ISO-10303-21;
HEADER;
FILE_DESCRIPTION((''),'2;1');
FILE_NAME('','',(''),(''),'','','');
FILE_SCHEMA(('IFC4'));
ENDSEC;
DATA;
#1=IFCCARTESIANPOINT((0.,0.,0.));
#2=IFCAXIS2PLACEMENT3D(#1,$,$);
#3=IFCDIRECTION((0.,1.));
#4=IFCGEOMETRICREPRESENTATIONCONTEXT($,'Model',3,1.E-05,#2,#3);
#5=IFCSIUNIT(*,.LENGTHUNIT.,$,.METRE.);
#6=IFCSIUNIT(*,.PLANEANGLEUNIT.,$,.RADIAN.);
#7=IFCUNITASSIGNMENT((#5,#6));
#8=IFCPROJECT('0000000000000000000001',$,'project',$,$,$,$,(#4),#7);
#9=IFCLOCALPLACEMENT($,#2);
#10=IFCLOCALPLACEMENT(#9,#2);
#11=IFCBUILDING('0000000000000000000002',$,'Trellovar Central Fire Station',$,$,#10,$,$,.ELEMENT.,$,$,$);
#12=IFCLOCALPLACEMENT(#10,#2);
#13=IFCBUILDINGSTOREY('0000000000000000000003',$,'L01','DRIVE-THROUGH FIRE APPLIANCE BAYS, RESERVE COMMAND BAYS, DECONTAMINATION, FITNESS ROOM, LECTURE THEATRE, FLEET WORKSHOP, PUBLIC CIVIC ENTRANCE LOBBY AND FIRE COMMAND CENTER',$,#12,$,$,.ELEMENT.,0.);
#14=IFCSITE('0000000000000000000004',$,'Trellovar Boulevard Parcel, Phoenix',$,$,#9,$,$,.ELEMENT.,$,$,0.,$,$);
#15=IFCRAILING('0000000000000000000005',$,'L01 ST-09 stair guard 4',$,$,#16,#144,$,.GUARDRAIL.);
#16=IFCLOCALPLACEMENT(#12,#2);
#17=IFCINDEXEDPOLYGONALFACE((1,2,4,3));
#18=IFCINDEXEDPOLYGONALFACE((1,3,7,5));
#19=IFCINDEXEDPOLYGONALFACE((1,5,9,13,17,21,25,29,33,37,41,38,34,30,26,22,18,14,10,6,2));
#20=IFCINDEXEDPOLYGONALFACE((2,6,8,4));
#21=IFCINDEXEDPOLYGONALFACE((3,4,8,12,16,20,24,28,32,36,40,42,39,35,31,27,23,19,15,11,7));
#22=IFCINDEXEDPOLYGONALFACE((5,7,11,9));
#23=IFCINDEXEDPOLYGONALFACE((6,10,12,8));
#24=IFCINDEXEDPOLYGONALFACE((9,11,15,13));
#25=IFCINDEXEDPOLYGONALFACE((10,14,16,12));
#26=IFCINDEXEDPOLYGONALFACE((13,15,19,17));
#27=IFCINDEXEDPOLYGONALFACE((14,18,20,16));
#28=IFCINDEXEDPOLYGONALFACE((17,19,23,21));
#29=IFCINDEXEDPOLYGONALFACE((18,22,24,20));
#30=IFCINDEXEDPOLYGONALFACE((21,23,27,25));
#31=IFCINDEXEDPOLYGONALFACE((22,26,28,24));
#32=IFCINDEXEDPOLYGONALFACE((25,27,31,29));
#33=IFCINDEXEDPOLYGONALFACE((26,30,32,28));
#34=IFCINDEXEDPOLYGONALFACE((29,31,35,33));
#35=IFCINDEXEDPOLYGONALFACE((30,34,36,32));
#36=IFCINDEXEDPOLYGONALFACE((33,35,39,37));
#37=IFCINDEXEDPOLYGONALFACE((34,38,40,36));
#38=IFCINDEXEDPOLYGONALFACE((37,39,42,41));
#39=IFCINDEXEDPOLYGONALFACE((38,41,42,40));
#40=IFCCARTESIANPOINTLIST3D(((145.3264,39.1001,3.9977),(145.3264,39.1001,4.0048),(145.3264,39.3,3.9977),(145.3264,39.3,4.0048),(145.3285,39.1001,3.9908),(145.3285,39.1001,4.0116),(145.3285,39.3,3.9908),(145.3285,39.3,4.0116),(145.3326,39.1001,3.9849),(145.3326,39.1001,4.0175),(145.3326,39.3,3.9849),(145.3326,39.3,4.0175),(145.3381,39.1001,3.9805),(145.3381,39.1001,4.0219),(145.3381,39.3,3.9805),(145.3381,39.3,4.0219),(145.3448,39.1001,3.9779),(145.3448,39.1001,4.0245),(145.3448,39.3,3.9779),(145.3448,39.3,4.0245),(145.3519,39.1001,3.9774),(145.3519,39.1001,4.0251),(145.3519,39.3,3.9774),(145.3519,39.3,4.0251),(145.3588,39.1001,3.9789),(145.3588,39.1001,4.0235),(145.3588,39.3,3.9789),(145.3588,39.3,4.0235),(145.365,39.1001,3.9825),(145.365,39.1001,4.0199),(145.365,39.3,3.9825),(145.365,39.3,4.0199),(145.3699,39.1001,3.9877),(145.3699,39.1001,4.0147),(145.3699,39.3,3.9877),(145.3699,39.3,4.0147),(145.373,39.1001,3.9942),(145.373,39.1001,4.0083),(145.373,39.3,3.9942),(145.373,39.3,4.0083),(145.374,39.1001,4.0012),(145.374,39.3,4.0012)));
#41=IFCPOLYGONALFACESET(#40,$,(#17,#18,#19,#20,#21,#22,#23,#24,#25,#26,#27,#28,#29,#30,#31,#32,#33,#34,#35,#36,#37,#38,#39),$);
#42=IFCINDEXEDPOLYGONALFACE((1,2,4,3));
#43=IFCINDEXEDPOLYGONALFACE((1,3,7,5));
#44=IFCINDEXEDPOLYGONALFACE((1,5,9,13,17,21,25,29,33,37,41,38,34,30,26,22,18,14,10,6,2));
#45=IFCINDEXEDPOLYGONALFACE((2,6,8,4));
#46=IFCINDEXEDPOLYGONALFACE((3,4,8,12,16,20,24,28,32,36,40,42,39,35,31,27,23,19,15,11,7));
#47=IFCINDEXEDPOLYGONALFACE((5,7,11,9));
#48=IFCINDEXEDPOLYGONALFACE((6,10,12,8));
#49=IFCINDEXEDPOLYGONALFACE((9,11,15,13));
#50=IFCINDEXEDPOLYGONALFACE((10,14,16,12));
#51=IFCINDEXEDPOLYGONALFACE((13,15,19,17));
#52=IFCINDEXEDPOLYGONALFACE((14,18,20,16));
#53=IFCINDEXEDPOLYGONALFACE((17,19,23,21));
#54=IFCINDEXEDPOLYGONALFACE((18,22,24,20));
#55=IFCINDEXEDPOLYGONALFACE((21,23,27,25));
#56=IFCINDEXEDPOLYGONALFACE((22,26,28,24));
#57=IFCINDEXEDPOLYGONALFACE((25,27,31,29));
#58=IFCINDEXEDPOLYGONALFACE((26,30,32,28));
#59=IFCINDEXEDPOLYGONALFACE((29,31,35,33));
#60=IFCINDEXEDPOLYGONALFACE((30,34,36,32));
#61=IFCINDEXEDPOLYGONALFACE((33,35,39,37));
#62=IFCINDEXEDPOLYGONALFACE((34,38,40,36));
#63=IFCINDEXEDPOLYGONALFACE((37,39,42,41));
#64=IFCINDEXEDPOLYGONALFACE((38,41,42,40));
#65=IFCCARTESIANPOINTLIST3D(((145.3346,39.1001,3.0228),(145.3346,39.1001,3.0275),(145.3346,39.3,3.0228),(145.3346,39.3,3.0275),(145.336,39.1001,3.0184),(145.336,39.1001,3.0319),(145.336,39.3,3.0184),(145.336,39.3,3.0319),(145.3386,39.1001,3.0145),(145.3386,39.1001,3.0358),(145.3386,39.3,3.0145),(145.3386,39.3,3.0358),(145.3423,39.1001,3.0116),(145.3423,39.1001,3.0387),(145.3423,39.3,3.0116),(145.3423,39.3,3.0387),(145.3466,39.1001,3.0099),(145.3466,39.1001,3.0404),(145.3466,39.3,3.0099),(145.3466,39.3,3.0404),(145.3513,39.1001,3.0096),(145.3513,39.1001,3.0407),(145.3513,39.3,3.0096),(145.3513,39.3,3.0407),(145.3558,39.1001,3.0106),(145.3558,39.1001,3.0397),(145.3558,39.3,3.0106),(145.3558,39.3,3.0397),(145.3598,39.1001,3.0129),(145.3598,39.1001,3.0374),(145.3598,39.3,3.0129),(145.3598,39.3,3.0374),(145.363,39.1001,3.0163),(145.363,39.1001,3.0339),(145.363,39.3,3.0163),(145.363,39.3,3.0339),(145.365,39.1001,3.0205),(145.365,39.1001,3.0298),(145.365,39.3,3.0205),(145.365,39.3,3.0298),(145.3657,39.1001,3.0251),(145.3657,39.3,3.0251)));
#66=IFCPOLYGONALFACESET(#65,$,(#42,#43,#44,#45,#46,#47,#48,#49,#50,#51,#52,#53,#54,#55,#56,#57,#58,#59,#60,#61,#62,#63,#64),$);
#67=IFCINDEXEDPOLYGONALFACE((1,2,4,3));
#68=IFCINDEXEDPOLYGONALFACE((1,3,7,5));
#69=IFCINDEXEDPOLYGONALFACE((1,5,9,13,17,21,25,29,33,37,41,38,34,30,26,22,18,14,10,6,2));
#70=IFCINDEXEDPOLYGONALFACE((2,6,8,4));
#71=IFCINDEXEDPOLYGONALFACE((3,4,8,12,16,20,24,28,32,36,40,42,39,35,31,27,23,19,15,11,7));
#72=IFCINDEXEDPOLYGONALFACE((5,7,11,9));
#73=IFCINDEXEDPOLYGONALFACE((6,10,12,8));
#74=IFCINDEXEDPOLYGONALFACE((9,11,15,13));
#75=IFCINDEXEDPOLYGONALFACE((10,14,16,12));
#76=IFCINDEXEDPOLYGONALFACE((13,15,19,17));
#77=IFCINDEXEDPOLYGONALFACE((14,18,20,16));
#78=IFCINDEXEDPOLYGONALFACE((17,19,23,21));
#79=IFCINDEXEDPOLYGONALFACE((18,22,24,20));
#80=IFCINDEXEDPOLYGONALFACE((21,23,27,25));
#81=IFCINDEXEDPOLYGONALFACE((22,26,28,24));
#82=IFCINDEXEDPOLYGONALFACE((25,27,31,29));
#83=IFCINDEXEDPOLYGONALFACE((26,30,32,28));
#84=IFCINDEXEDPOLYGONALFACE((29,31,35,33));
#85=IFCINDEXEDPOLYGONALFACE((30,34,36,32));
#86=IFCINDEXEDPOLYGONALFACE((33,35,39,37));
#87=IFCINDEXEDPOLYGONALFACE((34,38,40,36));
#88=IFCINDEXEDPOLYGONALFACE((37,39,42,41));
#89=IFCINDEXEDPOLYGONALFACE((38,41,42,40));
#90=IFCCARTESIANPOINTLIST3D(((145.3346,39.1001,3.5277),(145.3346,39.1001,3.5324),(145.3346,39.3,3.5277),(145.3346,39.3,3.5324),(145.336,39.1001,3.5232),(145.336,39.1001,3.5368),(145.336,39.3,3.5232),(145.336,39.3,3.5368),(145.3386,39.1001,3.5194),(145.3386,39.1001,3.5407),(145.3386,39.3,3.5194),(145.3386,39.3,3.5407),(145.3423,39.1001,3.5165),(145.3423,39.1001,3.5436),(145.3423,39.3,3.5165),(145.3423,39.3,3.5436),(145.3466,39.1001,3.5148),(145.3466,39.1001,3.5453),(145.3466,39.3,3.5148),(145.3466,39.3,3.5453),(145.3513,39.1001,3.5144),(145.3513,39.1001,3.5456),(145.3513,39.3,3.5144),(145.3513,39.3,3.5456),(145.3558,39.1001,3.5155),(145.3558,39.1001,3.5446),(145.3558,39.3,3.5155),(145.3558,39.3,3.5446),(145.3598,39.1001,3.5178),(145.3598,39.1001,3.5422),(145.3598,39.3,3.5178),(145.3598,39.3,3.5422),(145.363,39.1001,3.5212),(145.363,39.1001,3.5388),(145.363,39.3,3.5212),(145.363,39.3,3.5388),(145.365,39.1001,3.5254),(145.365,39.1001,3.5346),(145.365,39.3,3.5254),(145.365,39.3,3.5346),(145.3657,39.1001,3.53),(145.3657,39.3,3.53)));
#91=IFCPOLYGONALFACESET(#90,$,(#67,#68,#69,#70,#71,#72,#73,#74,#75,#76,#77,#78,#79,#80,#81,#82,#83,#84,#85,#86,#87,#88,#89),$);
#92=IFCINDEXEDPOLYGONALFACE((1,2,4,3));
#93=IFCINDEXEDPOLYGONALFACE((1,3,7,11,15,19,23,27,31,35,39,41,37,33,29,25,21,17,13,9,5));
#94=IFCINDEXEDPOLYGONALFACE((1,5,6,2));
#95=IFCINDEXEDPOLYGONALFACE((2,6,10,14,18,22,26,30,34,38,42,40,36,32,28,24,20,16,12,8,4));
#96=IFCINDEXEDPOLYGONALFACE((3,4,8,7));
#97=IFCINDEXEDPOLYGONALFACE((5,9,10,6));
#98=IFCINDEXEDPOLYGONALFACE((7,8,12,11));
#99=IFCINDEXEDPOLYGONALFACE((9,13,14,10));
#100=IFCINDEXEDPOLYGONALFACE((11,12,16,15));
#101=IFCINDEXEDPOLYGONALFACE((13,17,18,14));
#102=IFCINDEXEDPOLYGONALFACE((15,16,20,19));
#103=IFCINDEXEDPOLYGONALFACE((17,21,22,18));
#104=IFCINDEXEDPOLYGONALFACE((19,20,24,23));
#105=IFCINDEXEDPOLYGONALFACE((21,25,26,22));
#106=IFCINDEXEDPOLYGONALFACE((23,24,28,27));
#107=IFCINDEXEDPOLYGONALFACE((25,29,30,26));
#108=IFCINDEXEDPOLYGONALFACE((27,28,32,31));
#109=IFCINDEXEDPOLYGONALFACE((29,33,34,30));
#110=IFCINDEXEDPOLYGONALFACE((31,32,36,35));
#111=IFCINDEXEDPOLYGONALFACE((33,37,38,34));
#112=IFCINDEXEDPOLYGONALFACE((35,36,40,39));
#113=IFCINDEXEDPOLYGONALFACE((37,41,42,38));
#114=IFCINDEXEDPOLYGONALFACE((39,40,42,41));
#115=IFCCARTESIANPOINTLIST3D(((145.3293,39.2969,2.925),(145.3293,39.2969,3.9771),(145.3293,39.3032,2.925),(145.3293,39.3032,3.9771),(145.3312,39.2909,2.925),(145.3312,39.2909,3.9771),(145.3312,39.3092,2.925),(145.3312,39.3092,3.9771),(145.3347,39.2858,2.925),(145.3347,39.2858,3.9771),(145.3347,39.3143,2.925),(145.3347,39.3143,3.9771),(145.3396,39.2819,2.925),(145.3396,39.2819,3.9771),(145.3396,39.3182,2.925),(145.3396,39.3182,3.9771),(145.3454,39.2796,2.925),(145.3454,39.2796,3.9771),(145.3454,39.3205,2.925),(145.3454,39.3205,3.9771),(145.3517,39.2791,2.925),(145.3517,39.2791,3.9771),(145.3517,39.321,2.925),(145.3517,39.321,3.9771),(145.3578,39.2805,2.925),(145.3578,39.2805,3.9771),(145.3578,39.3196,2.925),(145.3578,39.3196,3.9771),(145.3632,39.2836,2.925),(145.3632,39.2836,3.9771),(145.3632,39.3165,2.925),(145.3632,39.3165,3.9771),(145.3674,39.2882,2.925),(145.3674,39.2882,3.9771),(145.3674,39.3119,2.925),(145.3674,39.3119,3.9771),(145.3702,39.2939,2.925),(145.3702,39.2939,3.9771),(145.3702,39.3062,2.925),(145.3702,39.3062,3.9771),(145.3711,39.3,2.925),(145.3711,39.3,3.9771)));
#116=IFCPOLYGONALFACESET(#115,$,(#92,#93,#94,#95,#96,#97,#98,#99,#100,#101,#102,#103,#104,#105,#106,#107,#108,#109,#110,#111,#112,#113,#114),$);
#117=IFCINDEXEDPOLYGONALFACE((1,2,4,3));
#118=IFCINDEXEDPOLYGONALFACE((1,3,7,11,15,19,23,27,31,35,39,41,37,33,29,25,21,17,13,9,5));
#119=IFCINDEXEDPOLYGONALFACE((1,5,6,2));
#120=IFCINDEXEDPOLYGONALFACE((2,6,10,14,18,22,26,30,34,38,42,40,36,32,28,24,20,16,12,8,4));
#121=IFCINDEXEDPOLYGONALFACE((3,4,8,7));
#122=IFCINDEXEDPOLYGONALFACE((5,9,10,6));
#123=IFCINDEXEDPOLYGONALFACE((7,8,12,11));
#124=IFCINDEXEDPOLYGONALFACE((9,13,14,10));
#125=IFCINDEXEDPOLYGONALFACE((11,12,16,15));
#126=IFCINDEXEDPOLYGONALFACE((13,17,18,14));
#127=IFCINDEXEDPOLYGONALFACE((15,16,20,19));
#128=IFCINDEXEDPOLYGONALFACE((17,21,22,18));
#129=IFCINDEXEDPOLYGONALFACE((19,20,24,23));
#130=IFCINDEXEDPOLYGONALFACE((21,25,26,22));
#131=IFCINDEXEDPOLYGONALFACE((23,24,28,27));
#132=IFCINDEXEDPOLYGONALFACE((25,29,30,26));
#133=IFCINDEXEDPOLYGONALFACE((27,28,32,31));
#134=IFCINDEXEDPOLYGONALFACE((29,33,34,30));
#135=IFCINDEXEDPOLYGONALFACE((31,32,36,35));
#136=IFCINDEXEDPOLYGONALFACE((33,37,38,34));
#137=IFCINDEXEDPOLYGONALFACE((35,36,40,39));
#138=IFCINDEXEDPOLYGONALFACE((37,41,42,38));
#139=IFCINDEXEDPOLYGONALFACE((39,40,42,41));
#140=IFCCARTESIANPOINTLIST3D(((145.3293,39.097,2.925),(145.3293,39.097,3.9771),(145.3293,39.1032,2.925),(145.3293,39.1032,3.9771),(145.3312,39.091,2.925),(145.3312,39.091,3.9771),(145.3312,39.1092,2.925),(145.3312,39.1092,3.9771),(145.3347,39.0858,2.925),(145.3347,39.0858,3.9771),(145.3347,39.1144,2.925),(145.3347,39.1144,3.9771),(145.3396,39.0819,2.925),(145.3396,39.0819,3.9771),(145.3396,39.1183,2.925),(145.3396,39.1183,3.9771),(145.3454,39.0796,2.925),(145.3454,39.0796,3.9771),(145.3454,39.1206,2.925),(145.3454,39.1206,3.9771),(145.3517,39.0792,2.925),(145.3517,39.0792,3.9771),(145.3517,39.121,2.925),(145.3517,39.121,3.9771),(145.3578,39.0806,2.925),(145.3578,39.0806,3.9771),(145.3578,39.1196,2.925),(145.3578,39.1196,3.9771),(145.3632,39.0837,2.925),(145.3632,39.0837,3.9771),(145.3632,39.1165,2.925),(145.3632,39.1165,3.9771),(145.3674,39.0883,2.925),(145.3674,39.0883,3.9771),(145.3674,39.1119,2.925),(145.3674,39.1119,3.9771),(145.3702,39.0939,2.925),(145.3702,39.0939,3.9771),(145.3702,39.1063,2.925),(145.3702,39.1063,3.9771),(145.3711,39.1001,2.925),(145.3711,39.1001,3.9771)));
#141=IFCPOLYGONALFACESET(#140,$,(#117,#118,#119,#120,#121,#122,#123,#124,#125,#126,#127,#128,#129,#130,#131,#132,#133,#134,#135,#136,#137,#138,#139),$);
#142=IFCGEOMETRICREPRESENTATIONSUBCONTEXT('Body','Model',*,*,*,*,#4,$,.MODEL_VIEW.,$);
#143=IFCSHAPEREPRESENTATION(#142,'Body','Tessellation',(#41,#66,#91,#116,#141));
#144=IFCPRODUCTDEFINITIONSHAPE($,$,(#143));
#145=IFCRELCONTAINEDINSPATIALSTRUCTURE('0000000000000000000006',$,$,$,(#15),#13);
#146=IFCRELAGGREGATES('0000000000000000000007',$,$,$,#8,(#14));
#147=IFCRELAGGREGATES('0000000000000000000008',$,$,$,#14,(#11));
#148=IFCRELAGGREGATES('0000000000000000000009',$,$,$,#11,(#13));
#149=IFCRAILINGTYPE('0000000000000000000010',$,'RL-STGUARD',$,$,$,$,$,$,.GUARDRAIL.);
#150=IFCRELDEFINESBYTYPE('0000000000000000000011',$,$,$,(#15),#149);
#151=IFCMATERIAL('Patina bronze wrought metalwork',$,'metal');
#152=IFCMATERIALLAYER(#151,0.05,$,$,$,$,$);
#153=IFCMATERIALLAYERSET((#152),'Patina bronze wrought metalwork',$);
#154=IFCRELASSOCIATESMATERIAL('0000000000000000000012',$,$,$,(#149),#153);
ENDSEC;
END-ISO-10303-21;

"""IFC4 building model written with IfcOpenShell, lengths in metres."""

from ifc_helpers import new_model, si_unit, direction, frame, origin, origin_2d, place, context, subcontext, project, spatial, circle, extrude, material, layer, layer_set, type_object, element, save


model = new_model("IFC4")

# Units and contexts
model_context = context("Model", 3, precision=1e-05, world=origin(), true_north=direction((0.0, 1.0)))
body_context = subcontext(model_context, "Body", "Model", "MODEL_VIEW")
ifc_project = project(units=[si_unit("LENGTHUNIT", "METRE"), si_unit("PLANEANGLEUNIT", "RADIAN")], contexts=[model_context])

# Site, building, storey
site_placement = place(None, origin())
site = spatial("IfcSite", under=ifc_project, at=site_placement, Name="Trellovar Boulevard Parcel, Phoenix", CompositionType="ELEMENT", RefElevation=0.0)
building_placement = place(site_placement, origin())
building = spatial("IfcBuilding", under=site, at=building_placement, Name="Trellovar Central Fire Station", CompositionType="ELEMENT")
storey_placement = place(building_placement, origin())
storey = spatial("IfcBuildingStorey", under=building, at=storey_placement, Name="L01", Description="DRIVE-THROUGH FIRE APPLIANCE BAYS, RESERVE COMMAND BAYS, DECONTAMINATION, FITNESS ROOM, LECTURE THEATRE, FLEET WORKSHOP, PUBLIC CIVIC ENTRANCE LOBBY AND FIRE COMMAND CENTER", CompositionType="ELEMENT", Elevation=0.0)

# Railing
ifc_material_1 = material(Name="Patina bronze wrought metalwork", Category="metal")
ifc_layer_1 = layer(ifc_material_1, 0.05)
ifc_layer_set_1 = layer_set([ifc_layer_1], Name="Patina bronze wrought metalwork")
railing_type = type_object("IfcRailingType", Name="RL-STGUARD", PredefinedType="GUARDRAIL", material=ifc_layer_set_1)
railing_1_placement = place(storey_placement, frame((145.3501, 39.3, 2.925)))
element("IfcRailing", 1, at=railing_1_placement, inside=storey, type_object=railing_type, Name="L01 ST-09 stair guard 4", PredefinedType="GUARDRAIL", context=body_context, shape_type="SweptSolid", body=[
    extrude(circle(Radius=0.0239, at=origin_2d()), frame((0.0, 0.0, 1.0762), z_axis=(0.0, -1.0, 0.0), x_axis=(1.0, 0.0, 0.0)), (0.0, 0.0, 1.0), 0.2),
    extrude(circle(Radius=0.0156, at=origin_2d()), frame((0.0, 0.0, 0.1001), z_axis=(0.0, -1.0, 0.0), x_axis=(1.0, 0.0, 0.0)), (0.0, 0.0, 1.0), 0.2),
    extrude(circle(Radius=0.0156, at=origin_2d()), frame((0.0, 0.0, 0.605), z_axis=(0.0, -1.0, 0.0), x_axis=(1.0, 0.0, 0.0)), (0.0, 0.0, 1.0), 0.2),
    extrude(circle(Radius=0.021, at=origin_2d()), origin(), (0.0, 0.0, 1.0), 1.052),
    extrude(circle(Radius=0.021, at=origin_2d()), frame((0.0, -0.2, 0.0)), (0.0, 0.0, 1.0), 1.052),
])

save(model, "model.ifc")
